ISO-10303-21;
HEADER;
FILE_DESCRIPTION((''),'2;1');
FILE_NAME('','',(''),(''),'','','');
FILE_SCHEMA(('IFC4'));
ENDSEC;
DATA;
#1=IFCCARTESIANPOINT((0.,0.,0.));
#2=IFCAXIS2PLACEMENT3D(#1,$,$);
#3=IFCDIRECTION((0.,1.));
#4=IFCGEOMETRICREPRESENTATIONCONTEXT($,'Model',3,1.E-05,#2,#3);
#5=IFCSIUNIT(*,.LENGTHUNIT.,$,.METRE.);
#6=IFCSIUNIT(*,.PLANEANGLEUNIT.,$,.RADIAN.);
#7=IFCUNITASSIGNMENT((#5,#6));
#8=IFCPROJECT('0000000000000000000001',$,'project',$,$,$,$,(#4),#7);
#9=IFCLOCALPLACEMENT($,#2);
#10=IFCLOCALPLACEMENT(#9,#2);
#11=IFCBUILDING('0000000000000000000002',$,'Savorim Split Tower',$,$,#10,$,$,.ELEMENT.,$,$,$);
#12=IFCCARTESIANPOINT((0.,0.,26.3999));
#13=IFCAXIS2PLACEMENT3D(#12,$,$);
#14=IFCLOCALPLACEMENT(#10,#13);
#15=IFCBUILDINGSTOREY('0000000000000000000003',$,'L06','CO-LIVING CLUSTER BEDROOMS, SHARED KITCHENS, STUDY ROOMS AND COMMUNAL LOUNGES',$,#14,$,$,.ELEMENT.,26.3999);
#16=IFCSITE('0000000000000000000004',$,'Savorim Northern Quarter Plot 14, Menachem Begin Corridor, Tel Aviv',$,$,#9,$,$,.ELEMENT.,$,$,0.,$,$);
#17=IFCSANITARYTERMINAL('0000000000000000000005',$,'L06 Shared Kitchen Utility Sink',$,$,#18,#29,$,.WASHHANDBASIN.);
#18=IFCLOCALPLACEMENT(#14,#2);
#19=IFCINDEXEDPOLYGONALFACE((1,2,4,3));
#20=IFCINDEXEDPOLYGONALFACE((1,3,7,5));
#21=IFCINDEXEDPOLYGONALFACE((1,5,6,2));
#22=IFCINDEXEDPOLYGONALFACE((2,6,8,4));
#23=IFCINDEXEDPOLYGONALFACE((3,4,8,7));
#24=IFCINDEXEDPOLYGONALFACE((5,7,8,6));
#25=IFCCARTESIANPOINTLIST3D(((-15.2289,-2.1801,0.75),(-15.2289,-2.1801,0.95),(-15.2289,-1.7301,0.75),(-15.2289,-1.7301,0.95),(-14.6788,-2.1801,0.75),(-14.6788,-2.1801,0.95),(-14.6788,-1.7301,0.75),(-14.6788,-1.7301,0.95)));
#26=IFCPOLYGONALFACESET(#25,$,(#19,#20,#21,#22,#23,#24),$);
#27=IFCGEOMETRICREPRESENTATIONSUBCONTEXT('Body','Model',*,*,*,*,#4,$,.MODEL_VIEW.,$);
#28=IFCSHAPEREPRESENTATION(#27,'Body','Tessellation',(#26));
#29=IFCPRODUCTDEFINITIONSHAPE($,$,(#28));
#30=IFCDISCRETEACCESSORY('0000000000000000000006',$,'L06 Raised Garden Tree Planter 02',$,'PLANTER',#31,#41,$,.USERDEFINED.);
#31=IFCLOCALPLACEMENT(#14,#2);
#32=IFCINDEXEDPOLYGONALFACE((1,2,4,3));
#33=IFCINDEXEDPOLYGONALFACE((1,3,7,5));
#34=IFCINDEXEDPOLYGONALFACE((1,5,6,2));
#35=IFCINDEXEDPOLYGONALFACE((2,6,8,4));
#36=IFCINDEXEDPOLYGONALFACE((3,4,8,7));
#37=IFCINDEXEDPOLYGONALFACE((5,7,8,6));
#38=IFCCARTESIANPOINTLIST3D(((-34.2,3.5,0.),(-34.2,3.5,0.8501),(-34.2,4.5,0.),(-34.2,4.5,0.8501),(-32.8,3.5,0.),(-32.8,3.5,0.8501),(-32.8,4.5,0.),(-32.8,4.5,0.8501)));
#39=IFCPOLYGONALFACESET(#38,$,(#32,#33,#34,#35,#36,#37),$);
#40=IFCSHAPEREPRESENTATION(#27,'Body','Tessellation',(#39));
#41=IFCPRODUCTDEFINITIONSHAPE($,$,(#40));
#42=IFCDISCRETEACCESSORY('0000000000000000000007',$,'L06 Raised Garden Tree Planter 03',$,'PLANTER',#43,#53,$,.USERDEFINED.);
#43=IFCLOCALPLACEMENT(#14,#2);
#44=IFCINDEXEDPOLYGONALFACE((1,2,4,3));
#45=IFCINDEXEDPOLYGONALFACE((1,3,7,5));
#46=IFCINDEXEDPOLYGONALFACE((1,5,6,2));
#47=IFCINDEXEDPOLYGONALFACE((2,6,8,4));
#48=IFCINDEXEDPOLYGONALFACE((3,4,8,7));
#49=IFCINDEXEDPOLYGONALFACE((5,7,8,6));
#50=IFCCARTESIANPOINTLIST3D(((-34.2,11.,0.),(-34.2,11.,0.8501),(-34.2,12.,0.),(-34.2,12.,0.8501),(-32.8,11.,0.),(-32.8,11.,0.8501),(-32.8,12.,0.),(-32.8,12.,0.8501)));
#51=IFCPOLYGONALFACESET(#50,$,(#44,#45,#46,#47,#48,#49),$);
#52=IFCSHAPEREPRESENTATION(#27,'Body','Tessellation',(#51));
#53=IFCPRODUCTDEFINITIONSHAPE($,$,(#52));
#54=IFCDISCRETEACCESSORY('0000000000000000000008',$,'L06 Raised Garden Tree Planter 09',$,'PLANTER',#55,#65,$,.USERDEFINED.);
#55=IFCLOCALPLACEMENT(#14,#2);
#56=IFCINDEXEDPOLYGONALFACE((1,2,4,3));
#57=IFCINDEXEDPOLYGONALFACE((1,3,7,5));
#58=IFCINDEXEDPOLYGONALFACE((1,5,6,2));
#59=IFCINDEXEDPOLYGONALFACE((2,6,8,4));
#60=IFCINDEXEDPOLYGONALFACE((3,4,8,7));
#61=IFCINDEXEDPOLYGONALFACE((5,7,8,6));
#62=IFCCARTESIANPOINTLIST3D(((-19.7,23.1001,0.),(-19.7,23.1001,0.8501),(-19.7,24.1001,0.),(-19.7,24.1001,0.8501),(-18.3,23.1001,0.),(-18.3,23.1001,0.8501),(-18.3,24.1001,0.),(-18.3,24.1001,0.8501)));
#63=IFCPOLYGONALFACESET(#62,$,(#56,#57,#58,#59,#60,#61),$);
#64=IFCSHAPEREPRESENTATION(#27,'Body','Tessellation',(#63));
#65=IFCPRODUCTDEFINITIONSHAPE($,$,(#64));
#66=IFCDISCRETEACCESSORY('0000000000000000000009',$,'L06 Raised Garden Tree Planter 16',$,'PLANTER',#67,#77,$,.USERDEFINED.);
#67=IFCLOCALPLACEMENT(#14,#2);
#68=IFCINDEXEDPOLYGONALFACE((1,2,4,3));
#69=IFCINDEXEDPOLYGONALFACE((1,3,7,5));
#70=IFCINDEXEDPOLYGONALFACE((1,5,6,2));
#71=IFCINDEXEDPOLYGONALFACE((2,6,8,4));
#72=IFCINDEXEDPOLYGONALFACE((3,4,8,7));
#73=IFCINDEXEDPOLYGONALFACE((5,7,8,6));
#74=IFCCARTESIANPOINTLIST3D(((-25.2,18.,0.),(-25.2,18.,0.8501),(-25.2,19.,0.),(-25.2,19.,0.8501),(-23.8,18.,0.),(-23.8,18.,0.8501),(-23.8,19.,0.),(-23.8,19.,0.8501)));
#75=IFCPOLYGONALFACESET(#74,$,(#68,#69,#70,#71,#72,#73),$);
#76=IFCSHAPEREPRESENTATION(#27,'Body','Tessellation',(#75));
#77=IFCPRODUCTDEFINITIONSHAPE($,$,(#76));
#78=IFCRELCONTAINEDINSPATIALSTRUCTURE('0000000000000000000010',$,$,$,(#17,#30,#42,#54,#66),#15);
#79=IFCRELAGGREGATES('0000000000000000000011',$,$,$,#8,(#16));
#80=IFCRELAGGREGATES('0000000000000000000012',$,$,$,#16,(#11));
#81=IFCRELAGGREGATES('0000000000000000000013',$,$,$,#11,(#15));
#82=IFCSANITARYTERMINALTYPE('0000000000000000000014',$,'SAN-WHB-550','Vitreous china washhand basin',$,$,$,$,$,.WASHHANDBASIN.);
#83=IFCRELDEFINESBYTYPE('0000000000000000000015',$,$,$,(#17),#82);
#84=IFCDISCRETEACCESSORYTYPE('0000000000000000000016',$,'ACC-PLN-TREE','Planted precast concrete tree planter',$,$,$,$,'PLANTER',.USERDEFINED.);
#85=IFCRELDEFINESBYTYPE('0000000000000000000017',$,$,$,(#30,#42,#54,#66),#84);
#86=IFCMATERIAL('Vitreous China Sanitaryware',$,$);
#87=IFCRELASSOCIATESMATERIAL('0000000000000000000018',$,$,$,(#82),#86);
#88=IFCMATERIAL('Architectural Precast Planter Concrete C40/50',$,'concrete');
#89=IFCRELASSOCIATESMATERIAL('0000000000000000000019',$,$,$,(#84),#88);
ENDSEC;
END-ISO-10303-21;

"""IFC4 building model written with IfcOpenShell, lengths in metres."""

from ifc_helpers import new_model, si_unit, direction, frame, origin, origin_2d, place, context, subcontext, project, spatial, rectangle, extrude, material, type_object, element, save


model = new_model("IFC4")

# Units and contexts
model_context = context("Model", 3, precision=1e-05, world=origin(), true_north=direction((0.0, 1.0)))
body_context = subcontext(model_context, "Body", "Model", "MODEL_VIEW")
ifc_project = project(units=[si_unit("LENGTHUNIT", "METRE"), si_unit("PLANEANGLEUNIT", "RADIAN")], contexts=[model_context])

# Site, building, storey
site_placement = place(None, origin())
site = spatial("IfcSite", under=ifc_project, at=site_placement, Name="Savorim Northern Quarter Plot 14, Menachem Begin Corridor, Tel Aviv", CompositionType="ELEMENT", RefElevation=0.0)
building_placement = place(site_placement, origin())
building = spatial("IfcBuilding", under=site, at=building_placement, Name="Savorim Split Tower", CompositionType="ELEMENT")
storey_placement = place(building_placement, frame((0.0, 0.0, 26.3999)))
storey = spatial("IfcBuildingStorey", under=building, at=storey_placement, Name="L06", Description="CO-LIVING CLUSTER BEDROOMS, SHARED KITCHENS, STUDY ROOMS AND COMMUNAL LOUNGES", CompositionType="ELEMENT", Elevation=26.3999)

# Sanitary terminal
ifc_material_1 = material(Name="Vitreous China Sanitaryware")
sanitary_terminal_type = type_object("IfcSanitaryTerminalType", Name="SAN-WHB-550", Description="Vitreous china washhand basin", PredefinedType="WASHHANDBASIN", material=ifc_material_1)
sanitary_terminal_placement = place(storey_placement, frame((-14.9539, -1.9551, 0.75), z_axis=(0.0, 0.0, 1.0), x_axis=(1.0, 0.0, 0.0)))
element("IfcSanitaryTerminal", 1, at=sanitary_terminal_placement, inside=storey, type_object=sanitary_terminal_type, Name="L06 Shared Kitchen Utility Sink", PredefinedType="WASHHANDBASIN", context=body_context, shape_type="SweptSolid", body=[
    extrude(rectangle(XDim=0.55, YDim=0.45, at=origin_2d()), origin(), (0.0, 0.0, 1.0), 0.2),
])

# Discrete accessories
ifc_material_2 = material(Name="Architectural Precast Planter Concrete C40/50", Category="concrete")
discrete_accessory_type = type_object("IfcDiscreteAccessoryType", Name="ACC-PLN-TREE", Description="Planted precast concrete tree planter", ElementType="PLANTER", PredefinedType="USERDEFINED", material=ifc_material_2)
for number, where, z_axis, x_axis, name in (
    (2, (-33.5, 4.0, 0.0), (0.0, 0.0, 1.0), (1.0, 0.0, 0.0), "L06 Raised Garden Tree Planter 02"),
    (3, (-33.5, 11.5, 0.0), (0.0, 0.0, 1.0), (1.0, 0.0, 0.0), "L06 Raised Garden Tree Planter 03"),
    (4, (-19.0, 23.6001, 0.0), (0.0, 0.0, 1.0), (1.0, 0.0, 0.0), "L06 Raised Garden Tree Planter 09"),
    (5, (-24.5, 18.5, 0.0), (0.0, 0.0, 1.0), (1.0, 0.0, 0.0), "L06 Raised Garden Tree Planter 16"),
):
    element("IfcDiscreteAccessory", number, at=place(storey_placement, frame(where, z_axis=z_axis, x_axis=x_axis)), inside=storey, type_object=discrete_accessory_type, Name=name, ObjectType="PLANTER", PredefinedType="USERDEFINED", context=body_context, shape_type="SweptSolid", body=[
        extrude(rectangle(XDim=1.3999, YDim=1.0, at=origin_2d()), origin(), (0.0, 0.0, 1.0), 0.8501),
    ])

save(model, "model.ifc")
